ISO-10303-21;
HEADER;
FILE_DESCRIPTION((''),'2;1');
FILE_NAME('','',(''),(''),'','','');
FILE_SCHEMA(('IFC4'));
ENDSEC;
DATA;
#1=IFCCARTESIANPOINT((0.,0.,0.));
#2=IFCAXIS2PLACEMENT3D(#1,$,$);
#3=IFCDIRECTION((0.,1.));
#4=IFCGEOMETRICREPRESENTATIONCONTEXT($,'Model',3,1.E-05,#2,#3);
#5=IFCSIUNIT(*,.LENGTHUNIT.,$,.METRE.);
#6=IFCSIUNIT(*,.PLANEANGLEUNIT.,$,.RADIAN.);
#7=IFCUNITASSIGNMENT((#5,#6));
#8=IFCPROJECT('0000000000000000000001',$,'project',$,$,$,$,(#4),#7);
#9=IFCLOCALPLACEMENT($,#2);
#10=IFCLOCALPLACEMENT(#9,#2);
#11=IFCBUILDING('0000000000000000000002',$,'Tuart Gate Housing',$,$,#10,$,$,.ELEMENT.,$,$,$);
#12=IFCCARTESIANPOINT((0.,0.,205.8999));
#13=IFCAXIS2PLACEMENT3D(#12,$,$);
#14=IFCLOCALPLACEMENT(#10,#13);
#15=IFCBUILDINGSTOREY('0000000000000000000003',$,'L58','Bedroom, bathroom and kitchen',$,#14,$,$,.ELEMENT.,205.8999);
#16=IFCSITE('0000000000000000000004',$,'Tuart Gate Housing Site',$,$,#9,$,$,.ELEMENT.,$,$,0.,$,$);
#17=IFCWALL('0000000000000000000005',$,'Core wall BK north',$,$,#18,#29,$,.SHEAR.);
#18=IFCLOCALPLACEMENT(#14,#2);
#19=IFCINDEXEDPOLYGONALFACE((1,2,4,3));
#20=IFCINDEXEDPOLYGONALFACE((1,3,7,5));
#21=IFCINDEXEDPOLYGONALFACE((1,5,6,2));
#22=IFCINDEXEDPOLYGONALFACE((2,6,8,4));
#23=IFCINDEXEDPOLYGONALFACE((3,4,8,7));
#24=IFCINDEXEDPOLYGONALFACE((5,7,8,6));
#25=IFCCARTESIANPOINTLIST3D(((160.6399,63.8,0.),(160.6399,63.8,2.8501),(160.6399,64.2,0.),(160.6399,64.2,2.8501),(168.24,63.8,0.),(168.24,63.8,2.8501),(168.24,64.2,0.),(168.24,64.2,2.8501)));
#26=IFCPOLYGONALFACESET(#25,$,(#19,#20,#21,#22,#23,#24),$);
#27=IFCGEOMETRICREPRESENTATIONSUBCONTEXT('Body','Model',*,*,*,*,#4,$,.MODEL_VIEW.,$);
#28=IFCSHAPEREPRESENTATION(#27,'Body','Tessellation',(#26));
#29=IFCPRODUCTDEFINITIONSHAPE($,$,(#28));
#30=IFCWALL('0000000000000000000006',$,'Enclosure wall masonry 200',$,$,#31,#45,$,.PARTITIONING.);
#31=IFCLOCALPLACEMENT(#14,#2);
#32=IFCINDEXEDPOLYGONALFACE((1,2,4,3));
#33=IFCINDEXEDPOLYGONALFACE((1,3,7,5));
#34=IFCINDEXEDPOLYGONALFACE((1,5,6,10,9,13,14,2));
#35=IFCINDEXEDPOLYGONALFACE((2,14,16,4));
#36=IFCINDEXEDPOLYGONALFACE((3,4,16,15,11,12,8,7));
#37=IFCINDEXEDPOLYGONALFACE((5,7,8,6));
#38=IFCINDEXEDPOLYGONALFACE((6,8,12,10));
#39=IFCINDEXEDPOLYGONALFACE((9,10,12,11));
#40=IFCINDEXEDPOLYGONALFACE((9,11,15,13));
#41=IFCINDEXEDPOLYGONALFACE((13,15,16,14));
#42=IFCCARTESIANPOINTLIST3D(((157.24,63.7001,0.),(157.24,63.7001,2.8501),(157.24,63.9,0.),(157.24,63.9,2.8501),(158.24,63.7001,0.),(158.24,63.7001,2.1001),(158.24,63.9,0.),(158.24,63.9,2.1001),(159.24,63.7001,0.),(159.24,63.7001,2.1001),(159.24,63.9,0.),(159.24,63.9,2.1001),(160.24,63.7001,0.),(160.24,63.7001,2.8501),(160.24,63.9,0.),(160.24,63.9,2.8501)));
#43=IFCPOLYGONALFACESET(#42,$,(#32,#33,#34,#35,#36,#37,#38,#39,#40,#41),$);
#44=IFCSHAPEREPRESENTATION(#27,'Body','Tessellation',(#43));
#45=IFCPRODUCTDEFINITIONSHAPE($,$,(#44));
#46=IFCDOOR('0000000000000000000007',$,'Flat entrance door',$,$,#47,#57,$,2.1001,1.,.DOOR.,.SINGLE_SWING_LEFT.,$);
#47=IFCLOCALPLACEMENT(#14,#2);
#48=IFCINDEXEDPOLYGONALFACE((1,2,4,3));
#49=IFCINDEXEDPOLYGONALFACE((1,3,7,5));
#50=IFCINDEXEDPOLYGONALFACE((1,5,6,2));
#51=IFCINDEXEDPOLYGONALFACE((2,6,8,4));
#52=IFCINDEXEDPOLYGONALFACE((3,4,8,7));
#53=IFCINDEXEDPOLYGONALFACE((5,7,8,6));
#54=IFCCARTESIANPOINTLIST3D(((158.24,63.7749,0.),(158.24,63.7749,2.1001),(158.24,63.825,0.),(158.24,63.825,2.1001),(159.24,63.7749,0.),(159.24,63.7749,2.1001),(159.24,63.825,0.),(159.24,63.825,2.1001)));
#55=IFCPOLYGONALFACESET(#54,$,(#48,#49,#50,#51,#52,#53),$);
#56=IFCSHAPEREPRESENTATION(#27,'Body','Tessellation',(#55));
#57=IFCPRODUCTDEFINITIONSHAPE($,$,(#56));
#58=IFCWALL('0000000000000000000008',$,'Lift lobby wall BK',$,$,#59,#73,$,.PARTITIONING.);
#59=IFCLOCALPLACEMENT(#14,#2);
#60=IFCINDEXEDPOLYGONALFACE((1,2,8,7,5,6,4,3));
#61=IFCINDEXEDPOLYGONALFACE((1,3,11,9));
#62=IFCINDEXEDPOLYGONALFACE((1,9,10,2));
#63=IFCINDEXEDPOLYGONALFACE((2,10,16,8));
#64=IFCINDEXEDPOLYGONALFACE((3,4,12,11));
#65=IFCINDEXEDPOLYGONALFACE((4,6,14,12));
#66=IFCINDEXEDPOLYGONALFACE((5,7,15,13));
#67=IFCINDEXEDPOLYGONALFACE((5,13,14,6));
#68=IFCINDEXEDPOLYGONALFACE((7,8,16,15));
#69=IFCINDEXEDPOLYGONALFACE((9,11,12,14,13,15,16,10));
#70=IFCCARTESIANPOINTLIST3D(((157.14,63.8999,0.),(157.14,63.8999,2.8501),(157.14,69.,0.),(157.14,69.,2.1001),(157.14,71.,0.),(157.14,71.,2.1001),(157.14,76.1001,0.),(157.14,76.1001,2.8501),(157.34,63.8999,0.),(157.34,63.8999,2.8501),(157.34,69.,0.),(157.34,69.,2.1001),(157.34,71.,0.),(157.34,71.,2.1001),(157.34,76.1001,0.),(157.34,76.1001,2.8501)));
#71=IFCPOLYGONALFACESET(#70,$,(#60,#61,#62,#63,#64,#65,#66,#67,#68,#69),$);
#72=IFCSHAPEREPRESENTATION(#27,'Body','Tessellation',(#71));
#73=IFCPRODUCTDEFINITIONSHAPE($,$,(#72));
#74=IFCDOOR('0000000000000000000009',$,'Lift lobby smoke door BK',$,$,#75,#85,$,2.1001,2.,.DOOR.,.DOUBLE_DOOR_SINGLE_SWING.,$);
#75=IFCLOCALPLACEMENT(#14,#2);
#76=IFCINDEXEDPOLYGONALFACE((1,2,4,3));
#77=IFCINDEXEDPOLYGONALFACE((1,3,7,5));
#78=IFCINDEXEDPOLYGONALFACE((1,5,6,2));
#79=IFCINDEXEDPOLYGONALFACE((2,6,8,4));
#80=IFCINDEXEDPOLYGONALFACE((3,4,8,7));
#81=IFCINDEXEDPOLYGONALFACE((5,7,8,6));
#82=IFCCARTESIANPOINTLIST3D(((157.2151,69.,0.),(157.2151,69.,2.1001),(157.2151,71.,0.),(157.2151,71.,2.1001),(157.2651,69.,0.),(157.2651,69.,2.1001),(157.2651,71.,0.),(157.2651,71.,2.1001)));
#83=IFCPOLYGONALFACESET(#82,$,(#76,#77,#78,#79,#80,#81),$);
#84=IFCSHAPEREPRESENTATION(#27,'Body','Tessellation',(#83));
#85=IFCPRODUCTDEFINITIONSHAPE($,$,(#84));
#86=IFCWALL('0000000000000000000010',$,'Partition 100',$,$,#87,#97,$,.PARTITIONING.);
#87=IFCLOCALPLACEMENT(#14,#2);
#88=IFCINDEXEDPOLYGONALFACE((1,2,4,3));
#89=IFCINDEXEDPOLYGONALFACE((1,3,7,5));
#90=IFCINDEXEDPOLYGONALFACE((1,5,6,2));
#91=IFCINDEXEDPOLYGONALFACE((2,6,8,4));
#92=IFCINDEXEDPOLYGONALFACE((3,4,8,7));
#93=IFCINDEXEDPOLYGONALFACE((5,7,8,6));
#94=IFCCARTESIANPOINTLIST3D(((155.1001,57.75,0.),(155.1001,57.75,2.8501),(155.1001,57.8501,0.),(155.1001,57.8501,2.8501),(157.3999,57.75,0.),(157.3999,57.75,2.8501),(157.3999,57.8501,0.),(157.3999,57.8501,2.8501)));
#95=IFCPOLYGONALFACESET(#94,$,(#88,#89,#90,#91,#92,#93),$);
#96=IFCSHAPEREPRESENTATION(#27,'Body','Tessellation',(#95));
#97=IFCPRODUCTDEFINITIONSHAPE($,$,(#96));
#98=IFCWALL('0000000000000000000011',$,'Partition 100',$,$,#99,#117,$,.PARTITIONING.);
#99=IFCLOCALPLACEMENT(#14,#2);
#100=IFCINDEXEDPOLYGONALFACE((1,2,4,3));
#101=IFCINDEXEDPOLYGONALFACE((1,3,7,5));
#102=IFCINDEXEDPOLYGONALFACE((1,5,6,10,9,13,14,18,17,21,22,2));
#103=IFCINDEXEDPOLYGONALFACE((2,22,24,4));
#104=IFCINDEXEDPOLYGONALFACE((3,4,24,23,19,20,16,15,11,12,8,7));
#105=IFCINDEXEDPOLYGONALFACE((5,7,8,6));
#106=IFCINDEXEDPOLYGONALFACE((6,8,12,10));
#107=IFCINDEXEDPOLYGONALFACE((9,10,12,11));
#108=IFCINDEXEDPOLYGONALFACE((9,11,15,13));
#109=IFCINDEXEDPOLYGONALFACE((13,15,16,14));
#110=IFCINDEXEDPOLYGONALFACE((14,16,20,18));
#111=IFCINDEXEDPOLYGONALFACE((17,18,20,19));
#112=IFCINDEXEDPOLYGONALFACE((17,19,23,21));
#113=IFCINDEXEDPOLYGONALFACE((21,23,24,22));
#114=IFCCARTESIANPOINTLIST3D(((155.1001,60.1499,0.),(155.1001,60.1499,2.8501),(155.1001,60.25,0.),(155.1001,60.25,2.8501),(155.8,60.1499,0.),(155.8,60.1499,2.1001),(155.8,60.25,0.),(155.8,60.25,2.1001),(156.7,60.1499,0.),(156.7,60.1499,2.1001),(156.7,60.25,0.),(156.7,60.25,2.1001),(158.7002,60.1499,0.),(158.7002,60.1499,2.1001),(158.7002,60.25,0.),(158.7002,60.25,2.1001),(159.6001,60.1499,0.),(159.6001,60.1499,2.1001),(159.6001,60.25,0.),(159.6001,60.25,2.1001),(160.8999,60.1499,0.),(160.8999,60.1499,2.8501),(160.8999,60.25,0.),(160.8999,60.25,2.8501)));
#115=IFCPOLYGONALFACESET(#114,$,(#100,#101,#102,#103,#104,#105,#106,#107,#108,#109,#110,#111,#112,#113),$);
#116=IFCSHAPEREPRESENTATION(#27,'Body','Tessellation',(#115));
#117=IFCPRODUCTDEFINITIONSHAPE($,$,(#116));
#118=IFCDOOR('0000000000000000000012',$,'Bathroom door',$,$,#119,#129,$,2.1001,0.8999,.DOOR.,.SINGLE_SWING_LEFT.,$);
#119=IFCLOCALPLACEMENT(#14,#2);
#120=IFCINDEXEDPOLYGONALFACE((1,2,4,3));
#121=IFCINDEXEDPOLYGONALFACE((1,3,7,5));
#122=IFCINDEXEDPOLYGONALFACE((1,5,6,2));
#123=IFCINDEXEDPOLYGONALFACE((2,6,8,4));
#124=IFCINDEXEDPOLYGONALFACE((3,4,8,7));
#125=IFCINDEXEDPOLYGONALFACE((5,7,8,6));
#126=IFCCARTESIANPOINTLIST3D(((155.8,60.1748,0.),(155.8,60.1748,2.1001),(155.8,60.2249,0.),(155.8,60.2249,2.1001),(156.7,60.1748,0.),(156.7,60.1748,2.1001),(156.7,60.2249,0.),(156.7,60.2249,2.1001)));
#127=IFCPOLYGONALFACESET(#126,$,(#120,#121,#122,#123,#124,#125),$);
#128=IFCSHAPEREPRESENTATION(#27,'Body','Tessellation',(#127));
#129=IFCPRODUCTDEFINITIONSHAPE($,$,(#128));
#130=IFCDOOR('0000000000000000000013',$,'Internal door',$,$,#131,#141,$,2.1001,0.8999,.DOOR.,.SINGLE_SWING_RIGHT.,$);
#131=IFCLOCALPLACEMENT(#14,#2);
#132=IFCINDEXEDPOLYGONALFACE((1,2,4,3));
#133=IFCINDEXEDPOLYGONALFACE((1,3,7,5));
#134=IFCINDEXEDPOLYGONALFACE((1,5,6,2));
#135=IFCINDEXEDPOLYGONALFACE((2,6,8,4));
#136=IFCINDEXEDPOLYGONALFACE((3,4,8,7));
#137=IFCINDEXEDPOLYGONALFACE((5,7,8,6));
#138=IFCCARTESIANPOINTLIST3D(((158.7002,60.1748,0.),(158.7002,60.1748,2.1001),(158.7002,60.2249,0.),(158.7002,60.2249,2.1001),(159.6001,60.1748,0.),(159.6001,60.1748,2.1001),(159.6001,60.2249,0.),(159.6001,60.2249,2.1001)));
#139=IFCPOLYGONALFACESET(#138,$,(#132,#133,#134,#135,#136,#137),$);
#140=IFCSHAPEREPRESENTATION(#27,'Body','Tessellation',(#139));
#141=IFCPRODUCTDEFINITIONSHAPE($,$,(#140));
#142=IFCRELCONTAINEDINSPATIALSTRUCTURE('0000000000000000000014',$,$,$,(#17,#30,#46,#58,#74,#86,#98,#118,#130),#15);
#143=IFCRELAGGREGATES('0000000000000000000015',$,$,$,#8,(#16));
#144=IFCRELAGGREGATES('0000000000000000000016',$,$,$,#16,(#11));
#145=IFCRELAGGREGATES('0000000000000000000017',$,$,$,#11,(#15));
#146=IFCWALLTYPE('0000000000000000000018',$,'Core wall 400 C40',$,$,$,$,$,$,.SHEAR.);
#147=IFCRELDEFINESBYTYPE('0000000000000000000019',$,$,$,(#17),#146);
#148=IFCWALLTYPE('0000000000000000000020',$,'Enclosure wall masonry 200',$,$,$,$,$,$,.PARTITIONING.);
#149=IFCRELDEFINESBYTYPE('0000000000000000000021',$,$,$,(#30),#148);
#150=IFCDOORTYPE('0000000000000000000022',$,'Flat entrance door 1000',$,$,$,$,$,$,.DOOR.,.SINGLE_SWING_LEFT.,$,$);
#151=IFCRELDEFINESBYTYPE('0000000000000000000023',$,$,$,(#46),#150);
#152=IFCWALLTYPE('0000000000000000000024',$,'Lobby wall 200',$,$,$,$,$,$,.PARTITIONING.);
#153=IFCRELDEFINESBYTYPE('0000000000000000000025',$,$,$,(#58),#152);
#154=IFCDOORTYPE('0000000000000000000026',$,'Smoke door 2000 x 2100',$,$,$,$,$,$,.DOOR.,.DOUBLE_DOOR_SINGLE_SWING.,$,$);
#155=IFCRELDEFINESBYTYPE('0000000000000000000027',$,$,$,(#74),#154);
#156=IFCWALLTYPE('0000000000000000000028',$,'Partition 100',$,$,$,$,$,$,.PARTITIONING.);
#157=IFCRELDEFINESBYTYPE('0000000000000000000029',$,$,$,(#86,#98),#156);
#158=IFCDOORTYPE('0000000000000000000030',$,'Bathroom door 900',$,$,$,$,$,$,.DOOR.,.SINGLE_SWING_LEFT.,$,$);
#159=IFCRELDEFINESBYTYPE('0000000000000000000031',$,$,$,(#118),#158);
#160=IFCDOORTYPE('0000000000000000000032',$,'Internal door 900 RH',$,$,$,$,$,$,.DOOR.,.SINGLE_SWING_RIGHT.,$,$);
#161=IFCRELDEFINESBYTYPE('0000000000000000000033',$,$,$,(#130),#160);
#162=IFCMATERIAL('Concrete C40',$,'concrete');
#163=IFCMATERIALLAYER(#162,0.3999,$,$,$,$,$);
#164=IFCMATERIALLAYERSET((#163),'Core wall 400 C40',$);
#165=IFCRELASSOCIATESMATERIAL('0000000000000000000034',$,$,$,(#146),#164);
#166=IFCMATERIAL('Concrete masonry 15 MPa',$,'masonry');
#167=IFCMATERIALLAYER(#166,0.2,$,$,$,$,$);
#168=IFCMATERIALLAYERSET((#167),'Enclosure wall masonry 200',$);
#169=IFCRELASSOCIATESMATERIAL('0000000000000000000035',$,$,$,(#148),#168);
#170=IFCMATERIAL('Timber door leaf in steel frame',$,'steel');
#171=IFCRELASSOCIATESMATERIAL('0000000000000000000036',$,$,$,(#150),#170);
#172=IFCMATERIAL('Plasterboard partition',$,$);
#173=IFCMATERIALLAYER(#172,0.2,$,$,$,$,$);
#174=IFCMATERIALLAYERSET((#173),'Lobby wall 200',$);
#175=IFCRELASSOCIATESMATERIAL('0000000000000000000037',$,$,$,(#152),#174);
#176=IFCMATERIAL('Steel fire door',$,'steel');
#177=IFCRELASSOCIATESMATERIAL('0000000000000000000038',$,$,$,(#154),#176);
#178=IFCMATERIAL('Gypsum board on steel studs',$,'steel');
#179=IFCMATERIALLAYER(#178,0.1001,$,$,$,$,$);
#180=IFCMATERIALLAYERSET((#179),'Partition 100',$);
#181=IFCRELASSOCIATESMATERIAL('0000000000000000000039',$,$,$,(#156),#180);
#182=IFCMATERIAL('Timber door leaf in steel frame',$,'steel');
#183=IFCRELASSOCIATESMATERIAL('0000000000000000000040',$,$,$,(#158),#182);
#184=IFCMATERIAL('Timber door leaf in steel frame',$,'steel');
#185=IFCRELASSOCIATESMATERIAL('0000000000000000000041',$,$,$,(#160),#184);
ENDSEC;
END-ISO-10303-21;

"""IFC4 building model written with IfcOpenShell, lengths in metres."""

from ifc_helpers import new_model, si_unit, direction, frame, frame_2d, origin, place, context, subcontext, project, spatial, rectangle, extrude, material, layer, layer_set, type_object, element, fill, save


model = new_model("IFC4")

# Units and contexts
model_context = context("Model", 3, precision=1e-05, world=origin(), true_north=direction((0.0, 1.0)))
body_context = subcontext(model_context, "Body", "Model", "MODEL_VIEW")
ifc_project = project(units=[si_unit("LENGTHUNIT", "METRE"), si_unit("PLANEANGLEUNIT", "RADIAN")], contexts=[model_context])

# Site, building, storey
site_placement = place(None, origin())
site = spatial("IfcSite", under=ifc_project, at=site_placement, Name="Tuart Gate Housing Site", CompositionType="ELEMENT", RefElevation=0.0)
building_placement = place(site_placement, origin())
building = spatial("IfcBuilding", under=site, at=building_placement, Name="Tuart Gate Housing", CompositionType="ELEMENT")
storey_placement = place(building_placement, frame((0.0, 0.0, 205.8999)))
storey = spatial("IfcBuildingStorey", under=building, at=storey_placement, Name="L58", Description="Bedroom, bathroom and kitchen", CompositionType="ELEMENT", Elevation=205.8999)

# Wall
ifc_material_1 = material(Name="Concrete C40", Category="concrete")
ifc_layer_1 = layer(ifc_material_1, 0.3999)
ifc_layer_set_1 = layer_set([ifc_layer_1], Name="Core wall 400 C40")
wall_type_1 = type_object("IfcWallType", Name="Core wall 400 C40", PredefinedType="SHEAR", material=ifc_layer_set_1)
wall_1_placement = place(storey_placement, frame((160.6399, 64.0, 0.0), z_axis=(0.0, 0.0, 1.0), x_axis=(1.0, 0.0, 0.0)))
element("IfcWall", 1, at=wall_1_placement, inside=storey, type_object=wall_type_1, Name="Core wall BK north", PredefinedType="SHEAR", context=body_context, shape_type="SweptSolid", body=[
    extrude(rectangle(XDim=7.6001, YDim=0.3999, at=frame_2d((3.8, 0.0))), origin(), (0.0, 0.0, 1.0), 2.8501),
])

# Walls, openings, doors
ifc_material_2 = material(Name="Concrete masonry 15 MPa", Category="masonry")
ifc_layer_2 = layer(ifc_material_2, 0.2)
ifc_layer_set_2 = layer_set([ifc_layer_2], Name="Enclosure wall masonry 200")
wall_type_2 = type_object("IfcWallType", Name="Enclosure wall masonry 200", PredefinedType="PARTITIONING", material=ifc_layer_set_2)
wall_2_placement = place(storey_placement, frame((157.24, 63.8, 0.0), z_axis=(0.0, 0.0, 1.0), x_axis=(1.0, 0.0, 0.0)))
wall_2 = element("IfcWall", 2, at=wall_2_placement, inside=storey, type_object=wall_type_2, Name="Enclosure wall masonry 200", PredefinedType="PARTITIONING", context=body_context, shape_type="SweptSolid", body=[
    extrude(rectangle(XDim=3.0, YDim=0.2, at=frame_2d((1.5, 0.0))), origin(), (0.0, 0.0, 1.0), 2.8501),
])
opening_1_placement = place(wall_2_placement, frame((1.0, 0.0, 0.0)))
opening_1 = element("IfcOpeningElement", 3, at=opening_1_placement, cuts=wall_2, PredefinedType="OPENING", context=body_context, shape_type="SweptSolid", body=[
    extrude(rectangle(XDim=1.0, YDim=2.1001, at=frame_2d((0.5, 1.05))), frame((0.0, 0.1099, 0.0), z_axis=(0.0, -1.0, 0.0), x_axis=(1.0, 0.0, 0.0)), (0.0, 0.0, 1.0), 0.22),
])
ifc_material_3 = material(Name="Timber door leaf in steel frame", Category="steel")
door_type_1 = type_object("IfcDoorType", Name="Flat entrance door 1000", OperationType="SINGLE_SWING_LEFT", PredefinedType="DOOR", material=ifc_material_3)
door_1_placement = place(opening_1_placement, frame((1.0, 0.0, 0.0), z_axis=(0.0, 0.0, 1.0), x_axis=(-1.0, 0.0, 0.0)))
door_1 = element("IfcDoor", 4, at=door_1_placement, inside=storey, type_object=door_type_1, Name="Flat entrance door", OperationType="SINGLE_SWING_LEFT", OverallHeight=2.1001, OverallWidth=1.0, PredefinedType="DOOR", context=body_context, shape_type="SweptSolid", body=[
    extrude(rectangle(XDim=1.0, YDim=2.1001, at=frame_2d((0.5, 1.05))), frame((0.0, 0.0251, 0.0), z_axis=(0.0, -1.0, 0.0), x_axis=(1.0, 0.0, 0.0)), (0.0, 0.0, 1.0), 0.05),
])
fill(opening_1, door_1)
ifc_material_4 = material(Name="Plasterboard partition")
ifc_layer_3 = layer(ifc_material_4, 0.2)
ifc_layer_set_3 = layer_set([ifc_layer_3], Name="Lobby wall 200")
wall_type_3 = type_object("IfcWallType", Name="Lobby wall 200", PredefinedType="PARTITIONING", material=ifc_layer_set_3)
wall_3_placement = place(storey_placement, frame((157.24, 63.8999, 0.0), z_axis=(0.0, 0.0, 1.0), x_axis=(0.0, 1.0, 0.0)))
wall_3 = element("IfcWall", 5, at=wall_3_placement, inside=storey, type_object=wall_type_3, Name="Lift lobby wall BK", PredefinedType="PARTITIONING", context=body_context, shape_type="SweptSolid", body=[
    extrude(rectangle(XDim=12.2002, YDim=0.2, at=frame_2d((6.1001, 0.0))), origin(), (0.0, 0.0, 1.0), 2.8501),
])
opening_2_placement = place(wall_3_placement, frame((5.1001, 0.0, 0.0)))
opening_2 = element("IfcOpeningElement", 6, at=opening_2_placement, cuts=wall_3, PredefinedType="OPENING", context=body_context, shape_type="SweptSolid", body=[
    extrude(rectangle(XDim=2.0, YDim=2.1001, at=frame_2d((1.0, 1.05))), frame((0.0, 0.1099, 0.0), z_axis=(0.0, -1.0, 0.0), x_axis=(1.0, 0.0, 0.0)), (0.0, 0.0, 1.0), 0.22),
])
ifc_material_5 = material(Name="Steel fire door", Category="steel")
door_type_2 = type_object("IfcDoorType", Name="Smoke door 2000 x 2100", OperationType="DOUBLE_DOOR_SINGLE_SWING", PredefinedType="DOOR", material=ifc_material_5)
door_2_placement = place(opening_2_placement, frame((2.0, 0.0, 0.0), z_axis=(0.0, 0.0, 1.0), x_axis=(-1.0, 0.0, 0.0)))
door_2 = element("IfcDoor", 7, at=door_2_placement, inside=storey, type_object=door_type_2, Name="Lift lobby smoke door BK", OperationType="DOUBLE_DOOR_SINGLE_SWING", OverallHeight=2.1001, OverallWidth=2.0, PredefinedType="DOOR", context=body_context, shape_type="SweptSolid", body=[
    extrude(rectangle(XDim=2.0, YDim=2.1001, at=frame_2d((1.0, 1.05))), frame((0.0, 0.0251, 0.0), z_axis=(0.0, -1.0, 0.0), x_axis=(1.0, 0.0, 0.0)), (0.0, 0.0, 1.0), 0.05),
])
fill(opening_2, door_2)

# Wall
ifc_material_6 = material(Name="Gypsum board on steel studs", Category="steel")
ifc_layer_4 = layer(ifc_material_6, 0.1001)
ifc_layer_set_4 = layer_set([ifc_layer_4], Name="Partition 100")
wall_type_4 = type_object("IfcWallType", Name="Partition 100", PredefinedType="PARTITIONING", material=ifc_layer_set_4)
wall_4_placement = place(storey_placement, frame((155.1001, 57.8, 0.0), z_axis=(0.0, 0.0, 1.0), x_axis=(1.0, 0.0, 0.0)))
element("IfcWall", 8, at=wall_4_placement, inside=storey, type_object=wall_type_4, Name="Partition 100", PredefinedType="PARTITIONING", context=body_context, shape_type="SweptSolid", body=[
    extrude(rectangle(XDim=2.2998, YDim=0.1001, at=frame_2d((1.1499, 0.0))), origin(), (0.0, 0.0, 1.0), 2.8501),
])

# Wall, openings, doors
wall_5_placement = place(storey_placement, frame((155.1001, 60.2, 0.0), z_axis=(0.0, 0.0, 1.0), x_axis=(1.0, 0.0, 0.0)))
wall_5 = element("IfcWall", 9, at=wall_5_placement, inside=storey, type_object=wall_type_4, Name="Partition 100", PredefinedType="PARTITIONING", context=body_context, shape_type="SweptSolid", body=[
    extrude(rectangle(XDim=5.7998, YDim=0.1001, at=frame_2d((2.8999, 0.0))), origin(), (0.0, 0.0, 1.0), 2.8501),
])
opening_3_placement = place(wall_5_placement, frame((3.6001, 0.0, 0.0)))
opening_3 = element("IfcOpeningElement", 10, at=opening_3_placement, cuts=wall_5, PredefinedType="OPENING", context=body_context, shape_type="SweptSolid", body=[
    extrude(rectangle(XDim=0.8999, YDim=2.1001, at=frame_2d((0.45, 1.05))), frame((0.0, 0.0601, 0.0), z_axis=(0.0, -1.0, 0.0), x_axis=(1.0, 0.0, 0.0)), (0.0, 0.0, 1.0), 0.1201),
])
opening_4_placement = place(wall_5_placement, frame((0.7, 0.0, 0.0)))
opening_4 = element("IfcOpeningElement", 11, at=opening_4_placement, cuts=wall_5, PredefinedType="OPENING", context=body_context, shape_type="SweptSolid", body=[
    extrude(rectangle(XDim=0.8999, YDim=2.1001, at=frame_2d((0.45, 1.05))), frame((0.0, 0.0601, 0.0), z_axis=(0.0, -1.0, 0.0), x_axis=(1.0, 0.0, 0.0)), (0.0, 0.0, 1.0), 0.1201),
])
ifc_material_7 = material(Name="Timber door leaf in steel frame", Category="steel")
door_type_3 = type_object("IfcDoorType", Name="Bathroom door 900", OperationType="SINGLE_SWING_LEFT", PredefinedType="DOOR", material=ifc_material_7)
door_3_placement = place(opening_4_placement, frame((0.8999, 0.0, 0.0), z_axis=(0.0, 0.0, 1.0), x_axis=(-1.0, 0.0, 0.0)))
door_3 = element("IfcDoor", 12, at=door_3_placement, inside=storey, type_object=door_type_3, Name="Bathroom door", OperationType="SINGLE_SWING_LEFT", OverallHeight=2.1001, OverallWidth=0.8999, PredefinedType="DOOR", context=body_context, shape_type="SweptSolid", body=[
    extrude(rectangle(XDim=0.8999, YDim=2.1001, at=frame_2d((0.45, 1.05))), frame((0.0, 0.0251, 0.0), z_axis=(0.0, -1.0, 0.0), x_axis=(1.0, 0.0, 0.0)), (0.0, 0.0, 1.0), 0.05),
])
fill(opening_4, door_3)
ifc_material_8 = material(Name="Timber door leaf in steel frame", Category="steel")
door_type_4 = type_object("IfcDoorType", Name="Internal door 900 RH", OperationType="SINGLE_SWING_RIGHT", PredefinedType="DOOR", material=ifc_material_8)
door_4_placement = place(opening_3_placement, frame((0.8999, 0.0, 0.0), z_axis=(0.0, 0.0, 1.0), x_axis=(-1.0, 0.0, 0.0)))
door_4 = element("IfcDoor", 13, at=door_4_placement, inside=storey, type_object=door_type_4, Name="Internal door", OperationType="SINGLE_SWING_RIGHT", OverallHeight=2.1001, OverallWidth=0.8999, PredefinedType="DOOR", context=body_context, shape_type="SweptSolid", body=[
    extrude(rectangle(XDim=0.8999, YDim=2.1001, at=frame_2d((0.45, 1.05))), frame((0.0, 0.0251, 0.0), z_axis=(0.0, -1.0, 0.0), x_axis=(1.0, 0.0, 0.0)), (0.0, 0.0, 1.0), 0.05),
])
fill(opening_3, door_4)

save(model, "model.ifc")
